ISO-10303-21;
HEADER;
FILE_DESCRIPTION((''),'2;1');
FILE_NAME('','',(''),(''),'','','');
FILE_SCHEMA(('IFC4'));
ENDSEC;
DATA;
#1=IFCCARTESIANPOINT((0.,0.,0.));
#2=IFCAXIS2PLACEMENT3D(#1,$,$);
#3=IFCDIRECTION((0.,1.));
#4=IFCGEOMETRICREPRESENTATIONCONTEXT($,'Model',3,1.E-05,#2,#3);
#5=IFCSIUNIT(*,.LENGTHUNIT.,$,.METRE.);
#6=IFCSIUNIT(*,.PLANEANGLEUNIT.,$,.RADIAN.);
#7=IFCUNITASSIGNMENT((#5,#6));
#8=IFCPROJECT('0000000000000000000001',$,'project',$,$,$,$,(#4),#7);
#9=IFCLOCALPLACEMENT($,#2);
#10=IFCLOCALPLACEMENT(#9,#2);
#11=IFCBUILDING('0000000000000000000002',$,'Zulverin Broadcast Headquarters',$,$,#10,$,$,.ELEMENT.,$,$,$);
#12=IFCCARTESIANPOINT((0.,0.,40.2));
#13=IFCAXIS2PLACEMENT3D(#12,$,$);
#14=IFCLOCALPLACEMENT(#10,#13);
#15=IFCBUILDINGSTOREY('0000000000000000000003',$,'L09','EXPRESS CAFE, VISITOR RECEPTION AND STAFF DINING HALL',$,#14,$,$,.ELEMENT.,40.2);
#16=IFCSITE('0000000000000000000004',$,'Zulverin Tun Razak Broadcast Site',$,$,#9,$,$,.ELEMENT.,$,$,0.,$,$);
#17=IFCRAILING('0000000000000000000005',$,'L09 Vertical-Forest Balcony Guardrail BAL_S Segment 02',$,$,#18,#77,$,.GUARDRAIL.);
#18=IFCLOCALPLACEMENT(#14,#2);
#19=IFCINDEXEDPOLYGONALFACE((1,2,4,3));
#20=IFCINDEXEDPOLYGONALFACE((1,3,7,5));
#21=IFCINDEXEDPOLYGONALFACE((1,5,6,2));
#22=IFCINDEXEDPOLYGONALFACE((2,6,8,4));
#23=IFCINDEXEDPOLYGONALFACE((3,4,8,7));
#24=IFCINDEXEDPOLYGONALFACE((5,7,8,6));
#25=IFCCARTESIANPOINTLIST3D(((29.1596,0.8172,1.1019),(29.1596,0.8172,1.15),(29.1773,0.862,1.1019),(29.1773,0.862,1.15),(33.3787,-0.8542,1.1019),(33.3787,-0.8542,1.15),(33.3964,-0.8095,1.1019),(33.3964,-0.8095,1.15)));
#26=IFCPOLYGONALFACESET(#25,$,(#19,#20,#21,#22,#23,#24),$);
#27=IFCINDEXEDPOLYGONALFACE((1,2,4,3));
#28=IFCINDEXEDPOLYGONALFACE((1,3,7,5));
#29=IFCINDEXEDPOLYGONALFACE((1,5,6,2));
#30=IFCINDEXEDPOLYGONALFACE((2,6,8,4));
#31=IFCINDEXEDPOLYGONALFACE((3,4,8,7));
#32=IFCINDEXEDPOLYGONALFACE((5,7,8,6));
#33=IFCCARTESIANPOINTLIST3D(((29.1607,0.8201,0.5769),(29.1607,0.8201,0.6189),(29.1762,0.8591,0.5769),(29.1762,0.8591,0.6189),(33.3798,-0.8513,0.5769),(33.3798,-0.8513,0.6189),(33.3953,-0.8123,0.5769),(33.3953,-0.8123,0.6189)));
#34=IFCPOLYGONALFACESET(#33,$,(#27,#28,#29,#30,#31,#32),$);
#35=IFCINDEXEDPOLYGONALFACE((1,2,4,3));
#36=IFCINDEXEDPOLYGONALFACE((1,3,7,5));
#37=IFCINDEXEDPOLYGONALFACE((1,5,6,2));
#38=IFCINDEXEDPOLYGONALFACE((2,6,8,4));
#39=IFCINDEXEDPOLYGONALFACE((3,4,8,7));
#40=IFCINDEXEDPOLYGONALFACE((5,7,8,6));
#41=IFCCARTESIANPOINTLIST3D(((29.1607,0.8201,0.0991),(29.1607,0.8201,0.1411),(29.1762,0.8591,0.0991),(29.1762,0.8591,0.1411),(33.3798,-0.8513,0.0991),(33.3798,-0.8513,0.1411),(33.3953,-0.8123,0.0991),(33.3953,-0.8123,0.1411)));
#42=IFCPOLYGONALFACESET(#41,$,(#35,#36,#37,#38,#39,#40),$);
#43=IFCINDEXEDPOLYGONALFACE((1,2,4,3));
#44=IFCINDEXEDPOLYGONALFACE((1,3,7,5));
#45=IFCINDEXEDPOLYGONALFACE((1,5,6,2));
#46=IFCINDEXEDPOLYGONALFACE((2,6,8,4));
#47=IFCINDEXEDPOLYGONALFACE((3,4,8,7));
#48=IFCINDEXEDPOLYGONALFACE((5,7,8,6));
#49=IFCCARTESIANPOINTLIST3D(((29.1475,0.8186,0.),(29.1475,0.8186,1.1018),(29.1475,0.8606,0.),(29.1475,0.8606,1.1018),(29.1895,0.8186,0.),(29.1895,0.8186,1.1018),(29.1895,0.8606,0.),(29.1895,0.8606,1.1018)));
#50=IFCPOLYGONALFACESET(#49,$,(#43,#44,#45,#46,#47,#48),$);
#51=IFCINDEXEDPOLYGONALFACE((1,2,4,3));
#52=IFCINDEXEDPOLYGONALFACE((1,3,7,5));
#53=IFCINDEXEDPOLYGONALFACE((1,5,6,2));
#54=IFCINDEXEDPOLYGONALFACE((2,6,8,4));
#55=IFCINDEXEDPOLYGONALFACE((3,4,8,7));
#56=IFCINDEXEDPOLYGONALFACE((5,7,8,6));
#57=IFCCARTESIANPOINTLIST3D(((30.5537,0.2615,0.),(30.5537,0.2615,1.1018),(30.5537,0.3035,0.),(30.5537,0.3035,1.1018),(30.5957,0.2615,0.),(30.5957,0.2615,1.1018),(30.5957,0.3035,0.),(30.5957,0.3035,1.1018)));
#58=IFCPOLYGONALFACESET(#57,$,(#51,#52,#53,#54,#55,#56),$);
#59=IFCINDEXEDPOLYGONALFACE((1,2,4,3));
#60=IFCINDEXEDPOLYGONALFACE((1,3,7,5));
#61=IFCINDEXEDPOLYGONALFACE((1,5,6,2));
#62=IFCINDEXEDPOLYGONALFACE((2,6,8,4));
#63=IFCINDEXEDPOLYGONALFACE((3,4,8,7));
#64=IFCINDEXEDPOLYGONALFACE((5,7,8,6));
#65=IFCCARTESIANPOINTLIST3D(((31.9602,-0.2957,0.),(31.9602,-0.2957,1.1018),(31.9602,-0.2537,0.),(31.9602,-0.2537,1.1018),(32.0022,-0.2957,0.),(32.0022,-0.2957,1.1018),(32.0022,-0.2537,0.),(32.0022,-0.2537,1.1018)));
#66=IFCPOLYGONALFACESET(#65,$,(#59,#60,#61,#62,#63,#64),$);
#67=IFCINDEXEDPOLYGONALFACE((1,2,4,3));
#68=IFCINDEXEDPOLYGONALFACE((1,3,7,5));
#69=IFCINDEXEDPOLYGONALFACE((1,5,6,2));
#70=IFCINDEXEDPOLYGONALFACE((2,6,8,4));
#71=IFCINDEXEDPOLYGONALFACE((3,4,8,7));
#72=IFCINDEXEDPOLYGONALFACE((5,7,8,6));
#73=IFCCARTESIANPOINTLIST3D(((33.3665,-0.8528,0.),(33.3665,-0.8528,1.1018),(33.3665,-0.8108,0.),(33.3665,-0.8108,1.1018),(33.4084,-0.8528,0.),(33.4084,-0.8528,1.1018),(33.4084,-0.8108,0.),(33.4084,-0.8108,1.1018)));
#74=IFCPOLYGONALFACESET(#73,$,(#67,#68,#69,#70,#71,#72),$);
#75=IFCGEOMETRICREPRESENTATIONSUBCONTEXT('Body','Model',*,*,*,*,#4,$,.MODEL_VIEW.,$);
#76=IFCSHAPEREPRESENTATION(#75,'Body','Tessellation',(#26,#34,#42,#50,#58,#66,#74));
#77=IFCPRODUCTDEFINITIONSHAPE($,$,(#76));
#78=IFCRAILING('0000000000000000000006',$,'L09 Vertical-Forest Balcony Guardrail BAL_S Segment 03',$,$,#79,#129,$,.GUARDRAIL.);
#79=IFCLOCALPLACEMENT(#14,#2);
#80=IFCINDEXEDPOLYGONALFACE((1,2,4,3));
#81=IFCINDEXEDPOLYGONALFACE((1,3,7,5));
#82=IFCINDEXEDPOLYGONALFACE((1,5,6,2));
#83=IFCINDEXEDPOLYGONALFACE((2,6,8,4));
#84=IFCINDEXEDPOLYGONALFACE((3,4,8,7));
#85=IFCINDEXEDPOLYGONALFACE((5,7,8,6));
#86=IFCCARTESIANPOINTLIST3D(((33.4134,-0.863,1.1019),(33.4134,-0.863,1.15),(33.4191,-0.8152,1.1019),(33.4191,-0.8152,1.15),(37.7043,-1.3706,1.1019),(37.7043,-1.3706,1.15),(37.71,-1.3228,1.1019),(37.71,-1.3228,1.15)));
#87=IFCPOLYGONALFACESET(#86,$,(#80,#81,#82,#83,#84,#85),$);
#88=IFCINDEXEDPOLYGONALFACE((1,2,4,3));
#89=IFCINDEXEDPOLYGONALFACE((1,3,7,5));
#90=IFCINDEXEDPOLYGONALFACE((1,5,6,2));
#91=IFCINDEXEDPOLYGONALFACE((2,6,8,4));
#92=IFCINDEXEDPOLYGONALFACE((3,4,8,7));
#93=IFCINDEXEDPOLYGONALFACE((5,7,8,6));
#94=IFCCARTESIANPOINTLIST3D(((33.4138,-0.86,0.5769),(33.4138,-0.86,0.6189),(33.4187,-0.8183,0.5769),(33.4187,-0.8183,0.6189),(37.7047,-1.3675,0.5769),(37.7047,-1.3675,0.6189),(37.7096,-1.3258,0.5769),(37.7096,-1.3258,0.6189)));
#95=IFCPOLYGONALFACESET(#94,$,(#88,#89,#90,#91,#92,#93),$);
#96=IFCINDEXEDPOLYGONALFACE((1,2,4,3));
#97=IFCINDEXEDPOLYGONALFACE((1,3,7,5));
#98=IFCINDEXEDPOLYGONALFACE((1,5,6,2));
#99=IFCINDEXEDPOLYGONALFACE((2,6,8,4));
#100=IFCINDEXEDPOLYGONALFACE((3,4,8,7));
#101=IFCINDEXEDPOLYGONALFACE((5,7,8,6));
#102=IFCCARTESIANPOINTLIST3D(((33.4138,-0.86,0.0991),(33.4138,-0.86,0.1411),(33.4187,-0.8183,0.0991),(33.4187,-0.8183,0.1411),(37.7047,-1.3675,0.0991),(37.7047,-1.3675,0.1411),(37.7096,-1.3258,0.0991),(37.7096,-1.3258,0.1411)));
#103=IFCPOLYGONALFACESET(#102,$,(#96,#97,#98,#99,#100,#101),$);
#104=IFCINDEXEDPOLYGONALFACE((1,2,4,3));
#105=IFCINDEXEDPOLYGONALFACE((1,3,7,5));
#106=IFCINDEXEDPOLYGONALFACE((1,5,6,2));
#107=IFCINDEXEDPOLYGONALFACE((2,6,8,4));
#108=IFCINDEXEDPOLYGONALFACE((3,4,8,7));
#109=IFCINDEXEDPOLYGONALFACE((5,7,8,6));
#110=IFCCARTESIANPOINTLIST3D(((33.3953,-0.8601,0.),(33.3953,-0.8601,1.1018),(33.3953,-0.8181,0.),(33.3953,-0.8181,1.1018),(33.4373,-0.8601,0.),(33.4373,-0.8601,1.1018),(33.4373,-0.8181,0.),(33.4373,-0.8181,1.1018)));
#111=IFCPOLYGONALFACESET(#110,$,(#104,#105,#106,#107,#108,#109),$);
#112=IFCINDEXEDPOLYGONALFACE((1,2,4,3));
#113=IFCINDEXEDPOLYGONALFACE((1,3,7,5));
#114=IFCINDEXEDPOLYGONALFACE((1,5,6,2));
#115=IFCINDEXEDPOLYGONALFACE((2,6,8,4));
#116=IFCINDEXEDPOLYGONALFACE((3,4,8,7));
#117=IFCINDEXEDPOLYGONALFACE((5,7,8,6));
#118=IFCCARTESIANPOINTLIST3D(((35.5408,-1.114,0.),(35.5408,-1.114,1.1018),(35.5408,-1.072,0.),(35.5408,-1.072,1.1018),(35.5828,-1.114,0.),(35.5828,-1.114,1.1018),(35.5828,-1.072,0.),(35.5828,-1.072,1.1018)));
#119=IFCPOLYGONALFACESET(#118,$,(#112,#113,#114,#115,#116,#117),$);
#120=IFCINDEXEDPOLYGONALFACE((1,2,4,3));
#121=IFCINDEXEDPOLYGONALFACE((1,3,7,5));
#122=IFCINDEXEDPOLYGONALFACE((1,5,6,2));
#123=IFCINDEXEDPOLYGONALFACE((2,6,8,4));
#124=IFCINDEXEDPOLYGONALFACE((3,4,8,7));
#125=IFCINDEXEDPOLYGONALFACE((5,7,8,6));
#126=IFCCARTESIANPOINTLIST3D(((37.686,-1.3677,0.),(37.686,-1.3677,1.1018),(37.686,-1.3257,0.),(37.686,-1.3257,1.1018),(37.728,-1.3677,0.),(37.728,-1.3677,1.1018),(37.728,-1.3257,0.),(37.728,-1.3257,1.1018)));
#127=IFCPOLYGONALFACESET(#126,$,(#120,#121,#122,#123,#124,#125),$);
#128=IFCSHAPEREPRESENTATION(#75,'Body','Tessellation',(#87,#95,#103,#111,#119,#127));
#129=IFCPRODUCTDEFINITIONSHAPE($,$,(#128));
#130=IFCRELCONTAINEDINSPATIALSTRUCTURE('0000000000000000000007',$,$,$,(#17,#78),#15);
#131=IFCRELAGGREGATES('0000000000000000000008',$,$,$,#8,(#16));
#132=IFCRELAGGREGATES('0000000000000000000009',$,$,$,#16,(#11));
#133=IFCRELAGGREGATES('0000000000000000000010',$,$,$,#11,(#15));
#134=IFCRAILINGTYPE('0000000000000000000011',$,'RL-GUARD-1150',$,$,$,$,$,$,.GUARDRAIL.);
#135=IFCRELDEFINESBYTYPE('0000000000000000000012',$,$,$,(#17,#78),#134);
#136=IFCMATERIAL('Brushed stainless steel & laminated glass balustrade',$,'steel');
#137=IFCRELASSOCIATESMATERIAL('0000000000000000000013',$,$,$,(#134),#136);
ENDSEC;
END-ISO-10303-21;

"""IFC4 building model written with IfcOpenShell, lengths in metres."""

from ifc_helpers import new_model, si_unit, direction, frame, origin, origin_2d, place, context, subcontext, project, spatial, rectangle, extrude, material, type_object, element, save


model = new_model("IFC4")

# Units and contexts
model_context = context("Model", 3, precision=1e-05, world=origin(), true_north=direction((0.0, 1.0)))
body_context = subcontext(model_context, "Body", "Model", "MODEL_VIEW")
ifc_project = project(units=[si_unit("LENGTHUNIT", "METRE"), si_unit("PLANEANGLEUNIT", "RADIAN")], contexts=[model_context])

# Site, building, storey
site_placement = place(None, origin())
site = spatial("IfcSite", under=ifc_project, at=site_placement, Name="Zulverin Tun Razak Broadcast Site", CompositionType="ELEMENT", RefElevation=0.0)
building_placement = place(site_placement, origin())
building = spatial("IfcBuilding", under=site, at=building_placement, Name="Zulverin Broadcast Headquarters", CompositionType="ELEMENT")
storey_placement = place(building_placement, frame((0.0, 0.0, 40.2)))
storey = spatial("IfcBuildingStorey", under=building, at=storey_placement, Name="L09", Description="EXPRESS CAFE, VISITOR RECEPTION AND STAFF DINING HALL", CompositionType="ELEMENT", Elevation=40.2)

# Railings
ifc_material_1 = material(Name="Brushed stainless steel & laminated glass balustrade", Category="steel")
railing_type = type_object("IfcRailingType", Name="RL-GUARD-1150", PredefinedType="GUARDRAIL", material=ifc_material_1)
railing_1_placement = place(storey_placement, frame((29.1685, 0.8396, 0.0)))
element("IfcRailing", 1, at=railing_1_placement, inside=storey, type_object=railing_type, Name="L09 Vertical-Forest Balcony Guardrail BAL_S Segment 02", PredefinedType="GUARDRAIL", context=body_context, shape_type="SweptSolid", body=[
    extrude(rectangle(XDim=0.0481, YDim=0.0481, at=origin_2d()), frame((0.0, 0.0, 1.126), z_axis=(0.929703, -0.368309, 0.0), x_axis=(0.368309, 0.929703, 0.0)), (0.0, 0.0, 1.0), 4.5381),
    extrude(rectangle(XDim=0.042, YDim=0.042, at=origin_2d()), frame((0.0, 0.0, 0.5979), z_axis=(0.929703, -0.368309, 0.0), x_axis=(0.368309, 0.929703, 0.0)), (0.0, 0.0, 1.0), 4.5381),
    extrude(rectangle(XDim=0.042, YDim=0.042, at=origin_2d()), frame((0.0, 0.0, 0.1201), z_axis=(0.929703, -0.368309, 0.0), x_axis=(0.368309, 0.929703, 0.0)), (0.0, 0.0, 1.0), 4.5381),
    extrude(rectangle(XDim=0.042, YDim=0.042, at=origin_2d()), origin(), (0.0, 0.0, 1.0), 1.1018),
    extrude(rectangle(XDim=0.042, YDim=0.042, at=origin_2d()), frame((1.4062, -0.5571, 0.0)), (0.0, 0.0, 1.0), 1.1018),
    extrude(rectangle(XDim=0.042, YDim=0.042, at=origin_2d()), frame((2.8127, -1.1143, 0.0)), (0.0, 0.0, 1.0), 1.1018),
    extrude(rectangle(XDim=0.042, YDim=0.042, at=origin_2d()), frame((4.219, -1.6714, 0.0)), (0.0, 0.0, 1.0), 1.1018),
])
railing_2_placement = place(storey_placement, frame((33.4163, -0.8391, 0.0)))
element("IfcRailing", 2, at=railing_2_placement, inside=storey, type_object=railing_type, Name="L09 Vertical-Forest Balcony Guardrail BAL_S Segment 03", PredefinedType="GUARDRAIL", context=body_context, shape_type="SweptSolid", body=[
    extrude(rectangle(XDim=0.0481, YDim=0.0481, at=origin_2d()), frame((0.0, 0.0, 1.126), z_axis=(0.993076, -0.117474, 0.0), x_axis=(0.117474, 0.993076, 0.0)), (0.0, 0.0, 1.0), 4.3208),
    extrude(rectangle(XDim=0.042, YDim=0.042, at=origin_2d()), frame((0.0, 0.0, 0.5979), z_axis=(0.993076, -0.117474, 0.0), x_axis=(0.117474, 0.993076, 0.0)), (0.0, 0.0, 1.0), 4.3208),
    extrude(rectangle(XDim=0.042, YDim=0.042, at=origin_2d()), frame((0.0, 0.0, 0.1201), z_axis=(0.993076, -0.117474, 0.0), x_axis=(0.117474, 0.993076, 0.0)), (0.0, 0.0, 1.0), 4.3208),
    extrude(rectangle(XDim=0.042, YDim=0.042, at=origin_2d()), origin(), (0.0, 0.0, 1.0), 1.1018),
    extrude(rectangle(XDim=0.042, YDim=0.042, at=origin_2d()), frame((2.1455, -0.2539, 0.0)), (0.0, 0.0, 1.0), 1.1018),
    extrude(rectangle(XDim=0.042, YDim=0.042, at=origin_2d()), frame((4.2908, -0.5076, 0.0)), (0.0, 0.0, 1.0), 1.1018),
])

save(model, "model.ifc")
